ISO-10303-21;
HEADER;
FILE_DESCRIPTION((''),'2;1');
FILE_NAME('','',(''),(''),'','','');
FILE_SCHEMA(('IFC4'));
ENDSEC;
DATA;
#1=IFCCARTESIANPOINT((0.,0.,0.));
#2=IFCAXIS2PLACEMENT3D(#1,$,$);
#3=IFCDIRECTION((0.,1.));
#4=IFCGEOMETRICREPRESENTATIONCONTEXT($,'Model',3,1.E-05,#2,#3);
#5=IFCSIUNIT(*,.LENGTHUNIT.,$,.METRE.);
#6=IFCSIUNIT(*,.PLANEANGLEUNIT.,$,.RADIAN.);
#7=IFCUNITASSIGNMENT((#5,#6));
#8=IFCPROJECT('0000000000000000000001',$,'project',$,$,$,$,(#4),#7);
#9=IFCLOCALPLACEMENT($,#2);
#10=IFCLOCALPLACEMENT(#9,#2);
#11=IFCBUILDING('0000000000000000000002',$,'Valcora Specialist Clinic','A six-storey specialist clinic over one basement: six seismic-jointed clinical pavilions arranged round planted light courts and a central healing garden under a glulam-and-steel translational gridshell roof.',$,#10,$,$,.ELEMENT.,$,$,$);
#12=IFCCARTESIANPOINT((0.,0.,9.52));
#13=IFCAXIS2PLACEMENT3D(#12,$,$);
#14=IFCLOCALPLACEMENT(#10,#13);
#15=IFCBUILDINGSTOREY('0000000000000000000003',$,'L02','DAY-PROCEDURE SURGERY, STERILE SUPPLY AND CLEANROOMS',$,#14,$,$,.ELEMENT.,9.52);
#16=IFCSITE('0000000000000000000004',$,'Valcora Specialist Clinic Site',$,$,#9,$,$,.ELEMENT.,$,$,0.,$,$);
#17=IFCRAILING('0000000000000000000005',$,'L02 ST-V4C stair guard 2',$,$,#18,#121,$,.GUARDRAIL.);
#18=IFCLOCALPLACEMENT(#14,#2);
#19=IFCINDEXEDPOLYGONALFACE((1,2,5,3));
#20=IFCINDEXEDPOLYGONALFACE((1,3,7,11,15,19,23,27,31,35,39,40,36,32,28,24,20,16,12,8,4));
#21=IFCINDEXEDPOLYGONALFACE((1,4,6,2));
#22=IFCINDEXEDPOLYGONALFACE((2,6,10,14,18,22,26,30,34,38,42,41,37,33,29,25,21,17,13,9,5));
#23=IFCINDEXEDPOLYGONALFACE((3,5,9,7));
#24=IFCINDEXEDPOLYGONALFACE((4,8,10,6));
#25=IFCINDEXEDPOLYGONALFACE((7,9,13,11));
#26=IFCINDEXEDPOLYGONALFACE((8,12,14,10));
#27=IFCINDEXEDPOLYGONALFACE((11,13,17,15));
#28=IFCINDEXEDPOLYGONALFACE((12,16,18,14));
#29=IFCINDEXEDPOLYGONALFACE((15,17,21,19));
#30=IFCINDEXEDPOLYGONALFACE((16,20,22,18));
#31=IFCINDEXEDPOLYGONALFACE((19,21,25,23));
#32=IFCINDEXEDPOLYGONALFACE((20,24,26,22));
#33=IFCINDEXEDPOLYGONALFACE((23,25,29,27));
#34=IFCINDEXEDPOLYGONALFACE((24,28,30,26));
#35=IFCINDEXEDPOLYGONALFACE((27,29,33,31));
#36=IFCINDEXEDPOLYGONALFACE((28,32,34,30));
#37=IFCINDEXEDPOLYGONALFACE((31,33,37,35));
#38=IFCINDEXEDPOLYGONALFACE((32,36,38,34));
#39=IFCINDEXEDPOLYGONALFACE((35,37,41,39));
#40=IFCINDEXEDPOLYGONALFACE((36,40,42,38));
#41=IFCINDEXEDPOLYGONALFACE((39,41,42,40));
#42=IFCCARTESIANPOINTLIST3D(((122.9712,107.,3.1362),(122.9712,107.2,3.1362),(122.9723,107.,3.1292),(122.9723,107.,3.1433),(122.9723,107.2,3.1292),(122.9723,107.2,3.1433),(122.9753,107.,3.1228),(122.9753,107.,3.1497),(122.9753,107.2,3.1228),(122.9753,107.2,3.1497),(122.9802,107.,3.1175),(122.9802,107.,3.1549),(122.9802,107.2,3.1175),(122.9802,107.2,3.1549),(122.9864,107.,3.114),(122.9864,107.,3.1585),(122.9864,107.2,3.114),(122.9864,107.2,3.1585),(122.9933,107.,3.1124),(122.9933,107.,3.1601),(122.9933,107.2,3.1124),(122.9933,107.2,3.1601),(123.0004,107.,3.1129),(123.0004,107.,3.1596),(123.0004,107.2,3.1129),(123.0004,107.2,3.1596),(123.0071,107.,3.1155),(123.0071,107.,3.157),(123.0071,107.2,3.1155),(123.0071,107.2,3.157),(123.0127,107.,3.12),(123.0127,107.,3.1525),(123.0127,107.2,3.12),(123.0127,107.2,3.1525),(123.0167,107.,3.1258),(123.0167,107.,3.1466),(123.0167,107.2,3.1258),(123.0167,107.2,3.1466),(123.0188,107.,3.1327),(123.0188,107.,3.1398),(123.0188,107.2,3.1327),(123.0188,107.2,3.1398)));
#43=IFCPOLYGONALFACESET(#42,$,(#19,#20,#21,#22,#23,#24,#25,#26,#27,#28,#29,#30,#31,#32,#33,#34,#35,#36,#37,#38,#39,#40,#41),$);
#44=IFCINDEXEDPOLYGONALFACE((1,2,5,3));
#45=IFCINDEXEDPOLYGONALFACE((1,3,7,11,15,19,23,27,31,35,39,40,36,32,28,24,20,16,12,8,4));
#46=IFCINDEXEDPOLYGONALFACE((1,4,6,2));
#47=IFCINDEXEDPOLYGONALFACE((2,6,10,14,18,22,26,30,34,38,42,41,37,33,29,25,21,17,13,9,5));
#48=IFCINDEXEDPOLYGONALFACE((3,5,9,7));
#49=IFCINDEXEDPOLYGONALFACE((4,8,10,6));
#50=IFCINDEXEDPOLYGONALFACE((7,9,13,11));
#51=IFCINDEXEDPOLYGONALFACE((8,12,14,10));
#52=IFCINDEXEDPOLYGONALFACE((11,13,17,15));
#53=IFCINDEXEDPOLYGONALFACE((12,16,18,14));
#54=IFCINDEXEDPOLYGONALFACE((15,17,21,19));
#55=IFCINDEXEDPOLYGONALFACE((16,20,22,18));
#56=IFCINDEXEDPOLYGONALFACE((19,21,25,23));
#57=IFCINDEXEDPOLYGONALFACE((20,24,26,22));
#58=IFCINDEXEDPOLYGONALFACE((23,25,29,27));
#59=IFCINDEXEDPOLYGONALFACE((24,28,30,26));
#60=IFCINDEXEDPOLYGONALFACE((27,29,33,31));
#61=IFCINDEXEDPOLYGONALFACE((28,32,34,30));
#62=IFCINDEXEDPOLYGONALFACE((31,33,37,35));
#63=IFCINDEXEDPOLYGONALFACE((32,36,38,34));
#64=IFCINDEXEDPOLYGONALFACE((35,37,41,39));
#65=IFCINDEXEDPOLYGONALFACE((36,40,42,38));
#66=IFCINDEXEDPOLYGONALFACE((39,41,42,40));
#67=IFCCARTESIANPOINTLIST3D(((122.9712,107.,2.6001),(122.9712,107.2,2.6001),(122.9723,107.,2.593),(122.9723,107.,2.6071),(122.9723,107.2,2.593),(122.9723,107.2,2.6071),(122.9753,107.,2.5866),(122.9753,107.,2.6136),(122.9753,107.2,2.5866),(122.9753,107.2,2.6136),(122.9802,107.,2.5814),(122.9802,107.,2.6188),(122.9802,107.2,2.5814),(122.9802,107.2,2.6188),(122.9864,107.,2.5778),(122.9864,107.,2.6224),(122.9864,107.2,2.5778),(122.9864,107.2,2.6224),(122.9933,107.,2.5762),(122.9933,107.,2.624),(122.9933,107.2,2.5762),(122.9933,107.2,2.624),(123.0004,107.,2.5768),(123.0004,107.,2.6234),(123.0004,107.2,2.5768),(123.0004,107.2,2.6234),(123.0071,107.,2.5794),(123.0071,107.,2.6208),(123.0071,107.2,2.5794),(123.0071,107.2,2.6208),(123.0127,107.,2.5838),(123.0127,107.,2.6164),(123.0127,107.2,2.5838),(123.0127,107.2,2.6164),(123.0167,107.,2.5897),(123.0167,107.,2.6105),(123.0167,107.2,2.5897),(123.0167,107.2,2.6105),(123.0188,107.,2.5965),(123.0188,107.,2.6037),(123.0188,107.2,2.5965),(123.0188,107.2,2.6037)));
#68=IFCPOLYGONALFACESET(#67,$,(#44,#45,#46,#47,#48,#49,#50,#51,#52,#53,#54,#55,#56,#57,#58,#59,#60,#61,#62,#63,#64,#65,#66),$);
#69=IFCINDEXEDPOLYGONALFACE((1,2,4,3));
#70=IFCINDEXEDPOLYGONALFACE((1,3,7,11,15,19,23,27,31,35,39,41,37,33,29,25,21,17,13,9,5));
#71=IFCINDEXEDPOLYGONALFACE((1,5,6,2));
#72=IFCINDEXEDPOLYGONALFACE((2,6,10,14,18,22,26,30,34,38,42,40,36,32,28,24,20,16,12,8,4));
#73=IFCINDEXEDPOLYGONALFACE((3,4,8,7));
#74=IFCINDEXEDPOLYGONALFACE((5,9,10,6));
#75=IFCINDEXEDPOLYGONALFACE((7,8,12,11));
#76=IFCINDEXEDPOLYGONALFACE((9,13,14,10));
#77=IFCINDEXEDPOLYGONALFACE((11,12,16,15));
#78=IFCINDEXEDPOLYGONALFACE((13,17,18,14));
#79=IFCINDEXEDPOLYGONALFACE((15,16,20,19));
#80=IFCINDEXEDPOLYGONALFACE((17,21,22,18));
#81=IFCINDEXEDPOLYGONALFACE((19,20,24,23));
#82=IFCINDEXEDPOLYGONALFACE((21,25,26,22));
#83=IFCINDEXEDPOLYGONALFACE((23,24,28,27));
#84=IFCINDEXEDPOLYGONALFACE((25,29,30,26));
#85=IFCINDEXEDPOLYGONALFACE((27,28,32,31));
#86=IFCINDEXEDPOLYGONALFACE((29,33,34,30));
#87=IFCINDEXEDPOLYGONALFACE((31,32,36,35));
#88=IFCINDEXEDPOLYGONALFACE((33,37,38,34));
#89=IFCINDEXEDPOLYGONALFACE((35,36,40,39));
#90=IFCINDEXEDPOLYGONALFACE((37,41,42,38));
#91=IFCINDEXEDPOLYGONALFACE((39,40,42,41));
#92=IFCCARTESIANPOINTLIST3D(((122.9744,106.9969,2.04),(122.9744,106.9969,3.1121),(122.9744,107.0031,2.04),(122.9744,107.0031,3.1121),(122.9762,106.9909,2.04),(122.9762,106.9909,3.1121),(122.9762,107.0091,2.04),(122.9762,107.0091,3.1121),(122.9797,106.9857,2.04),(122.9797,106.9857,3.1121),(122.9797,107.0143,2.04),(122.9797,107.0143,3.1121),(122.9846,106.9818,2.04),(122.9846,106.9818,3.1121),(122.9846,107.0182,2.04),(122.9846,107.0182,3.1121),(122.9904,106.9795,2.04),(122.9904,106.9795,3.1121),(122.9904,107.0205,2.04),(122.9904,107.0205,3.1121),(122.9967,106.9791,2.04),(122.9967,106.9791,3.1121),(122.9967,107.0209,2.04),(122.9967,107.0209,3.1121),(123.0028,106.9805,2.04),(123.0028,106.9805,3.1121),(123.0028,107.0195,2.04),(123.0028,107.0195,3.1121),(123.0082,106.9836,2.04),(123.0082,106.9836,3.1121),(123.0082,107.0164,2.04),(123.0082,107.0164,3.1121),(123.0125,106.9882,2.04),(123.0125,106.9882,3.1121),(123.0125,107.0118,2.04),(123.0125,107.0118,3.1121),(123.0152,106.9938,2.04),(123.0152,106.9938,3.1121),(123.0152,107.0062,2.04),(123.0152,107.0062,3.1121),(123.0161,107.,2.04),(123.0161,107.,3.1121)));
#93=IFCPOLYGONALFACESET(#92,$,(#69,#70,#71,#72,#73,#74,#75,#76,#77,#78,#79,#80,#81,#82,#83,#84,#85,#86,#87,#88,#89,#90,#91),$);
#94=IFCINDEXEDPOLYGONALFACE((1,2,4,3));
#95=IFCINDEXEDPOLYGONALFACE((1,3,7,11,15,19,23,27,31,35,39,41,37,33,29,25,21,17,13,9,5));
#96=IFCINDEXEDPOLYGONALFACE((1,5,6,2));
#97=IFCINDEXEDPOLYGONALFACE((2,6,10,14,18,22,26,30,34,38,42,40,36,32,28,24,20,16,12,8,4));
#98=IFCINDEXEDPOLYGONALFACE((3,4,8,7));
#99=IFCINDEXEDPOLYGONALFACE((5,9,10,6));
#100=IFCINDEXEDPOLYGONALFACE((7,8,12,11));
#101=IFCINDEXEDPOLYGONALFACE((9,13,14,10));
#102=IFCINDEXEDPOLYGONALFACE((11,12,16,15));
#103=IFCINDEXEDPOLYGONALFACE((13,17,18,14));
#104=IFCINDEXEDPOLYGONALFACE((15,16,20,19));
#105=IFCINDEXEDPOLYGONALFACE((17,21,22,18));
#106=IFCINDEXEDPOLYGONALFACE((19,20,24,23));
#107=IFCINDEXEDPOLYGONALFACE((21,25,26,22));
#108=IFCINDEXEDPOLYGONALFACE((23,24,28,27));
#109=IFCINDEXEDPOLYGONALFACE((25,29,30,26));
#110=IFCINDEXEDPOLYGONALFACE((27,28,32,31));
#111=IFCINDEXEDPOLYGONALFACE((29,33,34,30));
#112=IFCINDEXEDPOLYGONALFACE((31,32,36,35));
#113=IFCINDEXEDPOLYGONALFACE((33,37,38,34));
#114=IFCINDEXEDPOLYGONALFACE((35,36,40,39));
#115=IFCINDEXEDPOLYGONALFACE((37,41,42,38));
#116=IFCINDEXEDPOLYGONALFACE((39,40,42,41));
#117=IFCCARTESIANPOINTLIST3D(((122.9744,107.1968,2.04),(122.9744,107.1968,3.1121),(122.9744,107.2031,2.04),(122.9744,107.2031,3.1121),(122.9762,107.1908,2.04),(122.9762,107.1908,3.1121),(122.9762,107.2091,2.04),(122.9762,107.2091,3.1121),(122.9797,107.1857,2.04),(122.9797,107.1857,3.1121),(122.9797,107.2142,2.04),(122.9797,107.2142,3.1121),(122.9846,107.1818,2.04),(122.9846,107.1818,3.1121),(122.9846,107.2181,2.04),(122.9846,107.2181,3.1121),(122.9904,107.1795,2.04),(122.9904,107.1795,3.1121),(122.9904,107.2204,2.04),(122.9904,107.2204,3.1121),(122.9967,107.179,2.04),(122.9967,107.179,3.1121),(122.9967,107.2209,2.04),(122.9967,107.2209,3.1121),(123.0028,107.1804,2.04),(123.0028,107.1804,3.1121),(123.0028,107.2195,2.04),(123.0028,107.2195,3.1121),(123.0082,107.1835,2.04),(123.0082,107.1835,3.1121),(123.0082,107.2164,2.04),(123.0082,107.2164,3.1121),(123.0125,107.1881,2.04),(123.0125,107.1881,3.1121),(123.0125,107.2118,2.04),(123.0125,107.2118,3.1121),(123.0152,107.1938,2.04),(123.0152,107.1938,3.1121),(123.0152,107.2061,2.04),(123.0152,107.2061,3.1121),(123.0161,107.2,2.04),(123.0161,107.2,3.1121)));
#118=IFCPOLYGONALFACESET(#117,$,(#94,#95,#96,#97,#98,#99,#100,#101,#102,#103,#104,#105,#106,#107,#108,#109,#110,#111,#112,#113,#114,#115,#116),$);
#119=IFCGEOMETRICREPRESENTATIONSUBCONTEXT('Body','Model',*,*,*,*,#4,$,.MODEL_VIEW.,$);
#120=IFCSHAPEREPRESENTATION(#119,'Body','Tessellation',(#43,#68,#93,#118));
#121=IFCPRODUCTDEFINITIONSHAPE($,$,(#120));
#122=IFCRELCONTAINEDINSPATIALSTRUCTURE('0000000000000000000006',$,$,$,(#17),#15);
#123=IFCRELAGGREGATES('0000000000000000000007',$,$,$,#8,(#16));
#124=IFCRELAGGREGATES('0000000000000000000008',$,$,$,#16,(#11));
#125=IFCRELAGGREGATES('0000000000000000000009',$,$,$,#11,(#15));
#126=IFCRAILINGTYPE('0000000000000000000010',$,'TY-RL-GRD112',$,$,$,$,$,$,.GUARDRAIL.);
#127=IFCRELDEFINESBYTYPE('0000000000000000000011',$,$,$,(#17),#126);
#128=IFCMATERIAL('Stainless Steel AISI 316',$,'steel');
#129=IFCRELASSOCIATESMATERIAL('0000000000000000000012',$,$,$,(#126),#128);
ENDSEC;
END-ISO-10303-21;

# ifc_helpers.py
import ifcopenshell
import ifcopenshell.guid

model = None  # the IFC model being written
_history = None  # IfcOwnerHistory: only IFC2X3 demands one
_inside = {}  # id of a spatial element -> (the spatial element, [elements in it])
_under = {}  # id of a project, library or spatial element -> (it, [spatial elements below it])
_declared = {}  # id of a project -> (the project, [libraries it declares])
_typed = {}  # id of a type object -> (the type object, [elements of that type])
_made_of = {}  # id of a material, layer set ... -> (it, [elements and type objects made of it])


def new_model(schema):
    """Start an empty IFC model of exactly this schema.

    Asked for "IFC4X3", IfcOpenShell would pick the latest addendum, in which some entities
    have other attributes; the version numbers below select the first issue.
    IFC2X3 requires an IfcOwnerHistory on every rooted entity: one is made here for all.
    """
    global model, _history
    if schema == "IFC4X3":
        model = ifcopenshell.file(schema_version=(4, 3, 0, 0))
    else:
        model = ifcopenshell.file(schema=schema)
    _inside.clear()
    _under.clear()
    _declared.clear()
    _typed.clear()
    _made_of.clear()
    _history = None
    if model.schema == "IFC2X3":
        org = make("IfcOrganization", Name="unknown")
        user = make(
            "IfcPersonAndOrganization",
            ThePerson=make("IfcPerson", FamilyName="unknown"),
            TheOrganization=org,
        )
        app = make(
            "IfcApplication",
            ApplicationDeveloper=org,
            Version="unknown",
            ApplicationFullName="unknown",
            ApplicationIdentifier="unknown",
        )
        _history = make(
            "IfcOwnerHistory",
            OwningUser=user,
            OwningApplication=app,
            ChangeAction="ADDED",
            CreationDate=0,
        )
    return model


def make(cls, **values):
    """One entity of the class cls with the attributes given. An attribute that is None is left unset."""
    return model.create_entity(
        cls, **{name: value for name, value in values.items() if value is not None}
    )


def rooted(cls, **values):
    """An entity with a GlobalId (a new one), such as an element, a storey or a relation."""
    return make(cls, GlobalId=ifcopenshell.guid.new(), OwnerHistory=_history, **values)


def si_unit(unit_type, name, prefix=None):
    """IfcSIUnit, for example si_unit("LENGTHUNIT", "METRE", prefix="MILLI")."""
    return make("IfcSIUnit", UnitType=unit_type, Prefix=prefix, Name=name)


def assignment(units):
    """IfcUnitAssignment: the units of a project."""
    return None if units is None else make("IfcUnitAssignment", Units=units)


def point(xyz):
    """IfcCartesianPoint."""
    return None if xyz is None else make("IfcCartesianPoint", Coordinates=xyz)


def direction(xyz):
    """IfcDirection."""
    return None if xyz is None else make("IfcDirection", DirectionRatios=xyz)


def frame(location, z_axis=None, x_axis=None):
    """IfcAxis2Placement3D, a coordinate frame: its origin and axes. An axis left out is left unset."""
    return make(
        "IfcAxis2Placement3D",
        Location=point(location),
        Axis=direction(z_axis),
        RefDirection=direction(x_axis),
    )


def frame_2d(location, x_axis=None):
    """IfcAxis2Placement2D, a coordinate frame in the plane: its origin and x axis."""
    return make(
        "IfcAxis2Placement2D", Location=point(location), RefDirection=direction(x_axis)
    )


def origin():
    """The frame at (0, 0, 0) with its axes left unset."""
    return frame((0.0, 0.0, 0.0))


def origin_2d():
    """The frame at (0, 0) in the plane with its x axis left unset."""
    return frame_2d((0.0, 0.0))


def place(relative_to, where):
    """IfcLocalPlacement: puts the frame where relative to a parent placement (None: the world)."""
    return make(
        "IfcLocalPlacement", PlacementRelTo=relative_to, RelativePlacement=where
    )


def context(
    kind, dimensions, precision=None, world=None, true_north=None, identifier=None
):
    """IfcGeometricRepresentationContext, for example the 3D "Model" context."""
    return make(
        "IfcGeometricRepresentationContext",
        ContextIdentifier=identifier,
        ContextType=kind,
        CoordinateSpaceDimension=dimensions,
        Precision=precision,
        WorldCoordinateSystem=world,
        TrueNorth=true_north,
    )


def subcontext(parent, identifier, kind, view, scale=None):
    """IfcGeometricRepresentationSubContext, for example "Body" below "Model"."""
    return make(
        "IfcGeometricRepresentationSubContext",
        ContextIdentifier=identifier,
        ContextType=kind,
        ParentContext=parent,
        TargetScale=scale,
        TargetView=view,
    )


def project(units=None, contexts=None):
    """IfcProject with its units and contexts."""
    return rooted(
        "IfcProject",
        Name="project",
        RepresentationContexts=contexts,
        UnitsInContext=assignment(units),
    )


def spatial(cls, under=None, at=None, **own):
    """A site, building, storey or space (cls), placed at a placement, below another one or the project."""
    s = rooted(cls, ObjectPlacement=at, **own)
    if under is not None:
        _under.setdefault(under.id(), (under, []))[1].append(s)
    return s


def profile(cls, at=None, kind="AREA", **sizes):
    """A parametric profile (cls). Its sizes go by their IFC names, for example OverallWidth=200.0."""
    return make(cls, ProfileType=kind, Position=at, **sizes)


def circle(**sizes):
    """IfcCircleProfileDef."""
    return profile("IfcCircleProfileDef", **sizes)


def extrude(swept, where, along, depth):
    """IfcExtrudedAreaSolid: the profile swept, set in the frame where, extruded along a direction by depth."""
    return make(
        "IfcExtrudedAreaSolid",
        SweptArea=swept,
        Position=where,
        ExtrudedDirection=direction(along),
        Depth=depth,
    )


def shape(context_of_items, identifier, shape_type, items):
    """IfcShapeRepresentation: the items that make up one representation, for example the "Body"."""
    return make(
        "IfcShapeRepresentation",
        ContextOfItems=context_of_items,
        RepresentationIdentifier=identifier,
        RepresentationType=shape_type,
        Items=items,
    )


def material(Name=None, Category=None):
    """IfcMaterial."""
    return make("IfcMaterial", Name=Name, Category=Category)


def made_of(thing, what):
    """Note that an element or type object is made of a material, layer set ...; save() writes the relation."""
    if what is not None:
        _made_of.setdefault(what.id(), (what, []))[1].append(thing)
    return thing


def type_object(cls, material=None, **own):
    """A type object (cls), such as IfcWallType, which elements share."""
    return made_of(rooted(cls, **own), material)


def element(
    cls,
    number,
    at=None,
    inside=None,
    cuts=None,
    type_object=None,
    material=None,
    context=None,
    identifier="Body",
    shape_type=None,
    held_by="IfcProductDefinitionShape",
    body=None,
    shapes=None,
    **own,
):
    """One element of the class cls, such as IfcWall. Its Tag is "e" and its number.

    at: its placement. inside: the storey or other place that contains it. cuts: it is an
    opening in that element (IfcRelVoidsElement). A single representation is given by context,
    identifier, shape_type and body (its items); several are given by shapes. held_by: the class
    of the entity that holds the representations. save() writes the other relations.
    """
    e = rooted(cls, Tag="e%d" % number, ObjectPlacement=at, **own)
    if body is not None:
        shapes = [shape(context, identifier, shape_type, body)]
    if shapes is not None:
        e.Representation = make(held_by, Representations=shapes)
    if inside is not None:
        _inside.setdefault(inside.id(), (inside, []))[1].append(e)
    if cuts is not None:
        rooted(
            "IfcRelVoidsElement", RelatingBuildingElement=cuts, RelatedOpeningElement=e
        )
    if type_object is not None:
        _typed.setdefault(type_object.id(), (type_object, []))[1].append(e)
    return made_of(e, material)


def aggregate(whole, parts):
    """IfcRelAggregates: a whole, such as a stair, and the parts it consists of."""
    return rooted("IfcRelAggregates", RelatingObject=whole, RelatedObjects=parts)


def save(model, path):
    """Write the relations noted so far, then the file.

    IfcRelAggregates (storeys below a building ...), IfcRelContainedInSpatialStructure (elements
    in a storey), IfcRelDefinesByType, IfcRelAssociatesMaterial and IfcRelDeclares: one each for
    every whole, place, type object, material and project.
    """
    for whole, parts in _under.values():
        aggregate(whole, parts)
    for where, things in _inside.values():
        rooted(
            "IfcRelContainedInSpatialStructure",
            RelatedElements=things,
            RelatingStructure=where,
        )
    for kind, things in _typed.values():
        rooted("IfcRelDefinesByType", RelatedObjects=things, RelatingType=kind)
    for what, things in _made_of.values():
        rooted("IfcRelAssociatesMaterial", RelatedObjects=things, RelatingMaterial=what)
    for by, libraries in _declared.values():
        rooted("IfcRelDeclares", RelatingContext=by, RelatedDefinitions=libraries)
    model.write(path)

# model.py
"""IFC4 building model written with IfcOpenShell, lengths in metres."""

from ifc_helpers import new_model, si_unit, direction, frame, origin, origin_2d, place, context, subcontext, project, spatial, circle, extrude, material, type_object, element, save


model = new_model("IFC4")

# Units and contexts
model_context = context("Model", 3, precision=1e-05, world=origin(), true_north=direction((0.0, 1.0)))
body_context = subcontext(model_context, "Body", "Model", "MODEL_VIEW")
ifc_project = project(units=[si_unit("LENGTHUNIT", "METRE"), si_unit("PLANEANGLEUNIT", "RADIAN")], contexts=[model_context])

# Site, building, storey
site_placement = place(None, origin())
site = spatial("IfcSite", under=ifc_project, at=site_placement, Name="Valcora Specialist Clinic Site", CompositionType="ELEMENT", RefElevation=0.0)
building_placement = place(site_placement, origin())
building = spatial("IfcBuilding", under=site, at=building_placement, Name="Valcora Specialist Clinic", Description="A six-storey specialist clinic over one basement: six seismic-jointed clinical pavilions arranged round planted light courts and a central healing garden under a glulam-and-steel translational gridshell roof.", CompositionType="ELEMENT")
storey_placement = place(building_placement, frame((0.0, 0.0, 9.52)))
storey = spatial("IfcBuildingStorey", under=building, at=storey_placement, Name="L02", Description="DAY-PROCEDURE SURGERY, STERILE SUPPLY AND CLEANROOMS", CompositionType="ELEMENT", Elevation=9.52)

# Railing
ifc_material_1 = material(Name="Stainless Steel AISI 316", Category="steel")
railing_type_1 = type_object("IfcRailingType", Name="TY-RL-GRD112", PredefinedType="GUARDRAIL", material=ifc_material_1)
railing_1_placement = place(storey_placement, frame((122.9951, 107.0, 2.04)))
element("IfcRailing", 1, at=railing_1_placement, inside=storey, type_object=railing_type_1, Name="L02 ST-V4C stair guard 2", PredefinedType="GUARDRAIL", context=body_context, shape_type="SweptSolid", body=[
    extrude(circle(Radius=0.0239, at=origin_2d()), frame((0.0, 0.0, 1.0962), z_axis=(0.0, 1.0, 0.0), x_axis=(-1.0, 0.0, 0.0)), (0.0, 0.0, 1.0), 0.2),
    extrude(circle(Radius=0.0239, at=origin_2d()), frame((0.0, 0.0, 0.5601), z_axis=(0.0, 1.0, 0.0), x_axis=(-1.0, 0.0, 0.0)), (0.0, 0.0, 1.0), 0.2),
    extrude(circle(Radius=0.021, at=origin_2d()), origin(), (0.0, 0.0, 1.0), 1.072),
    extrude(circle(Radius=0.021, at=origin_2d()), frame((0.0, 0.2, 0.0)), (0.0, 0.0, 1.0), 1.072),
])

save(model, "model.ifc")
